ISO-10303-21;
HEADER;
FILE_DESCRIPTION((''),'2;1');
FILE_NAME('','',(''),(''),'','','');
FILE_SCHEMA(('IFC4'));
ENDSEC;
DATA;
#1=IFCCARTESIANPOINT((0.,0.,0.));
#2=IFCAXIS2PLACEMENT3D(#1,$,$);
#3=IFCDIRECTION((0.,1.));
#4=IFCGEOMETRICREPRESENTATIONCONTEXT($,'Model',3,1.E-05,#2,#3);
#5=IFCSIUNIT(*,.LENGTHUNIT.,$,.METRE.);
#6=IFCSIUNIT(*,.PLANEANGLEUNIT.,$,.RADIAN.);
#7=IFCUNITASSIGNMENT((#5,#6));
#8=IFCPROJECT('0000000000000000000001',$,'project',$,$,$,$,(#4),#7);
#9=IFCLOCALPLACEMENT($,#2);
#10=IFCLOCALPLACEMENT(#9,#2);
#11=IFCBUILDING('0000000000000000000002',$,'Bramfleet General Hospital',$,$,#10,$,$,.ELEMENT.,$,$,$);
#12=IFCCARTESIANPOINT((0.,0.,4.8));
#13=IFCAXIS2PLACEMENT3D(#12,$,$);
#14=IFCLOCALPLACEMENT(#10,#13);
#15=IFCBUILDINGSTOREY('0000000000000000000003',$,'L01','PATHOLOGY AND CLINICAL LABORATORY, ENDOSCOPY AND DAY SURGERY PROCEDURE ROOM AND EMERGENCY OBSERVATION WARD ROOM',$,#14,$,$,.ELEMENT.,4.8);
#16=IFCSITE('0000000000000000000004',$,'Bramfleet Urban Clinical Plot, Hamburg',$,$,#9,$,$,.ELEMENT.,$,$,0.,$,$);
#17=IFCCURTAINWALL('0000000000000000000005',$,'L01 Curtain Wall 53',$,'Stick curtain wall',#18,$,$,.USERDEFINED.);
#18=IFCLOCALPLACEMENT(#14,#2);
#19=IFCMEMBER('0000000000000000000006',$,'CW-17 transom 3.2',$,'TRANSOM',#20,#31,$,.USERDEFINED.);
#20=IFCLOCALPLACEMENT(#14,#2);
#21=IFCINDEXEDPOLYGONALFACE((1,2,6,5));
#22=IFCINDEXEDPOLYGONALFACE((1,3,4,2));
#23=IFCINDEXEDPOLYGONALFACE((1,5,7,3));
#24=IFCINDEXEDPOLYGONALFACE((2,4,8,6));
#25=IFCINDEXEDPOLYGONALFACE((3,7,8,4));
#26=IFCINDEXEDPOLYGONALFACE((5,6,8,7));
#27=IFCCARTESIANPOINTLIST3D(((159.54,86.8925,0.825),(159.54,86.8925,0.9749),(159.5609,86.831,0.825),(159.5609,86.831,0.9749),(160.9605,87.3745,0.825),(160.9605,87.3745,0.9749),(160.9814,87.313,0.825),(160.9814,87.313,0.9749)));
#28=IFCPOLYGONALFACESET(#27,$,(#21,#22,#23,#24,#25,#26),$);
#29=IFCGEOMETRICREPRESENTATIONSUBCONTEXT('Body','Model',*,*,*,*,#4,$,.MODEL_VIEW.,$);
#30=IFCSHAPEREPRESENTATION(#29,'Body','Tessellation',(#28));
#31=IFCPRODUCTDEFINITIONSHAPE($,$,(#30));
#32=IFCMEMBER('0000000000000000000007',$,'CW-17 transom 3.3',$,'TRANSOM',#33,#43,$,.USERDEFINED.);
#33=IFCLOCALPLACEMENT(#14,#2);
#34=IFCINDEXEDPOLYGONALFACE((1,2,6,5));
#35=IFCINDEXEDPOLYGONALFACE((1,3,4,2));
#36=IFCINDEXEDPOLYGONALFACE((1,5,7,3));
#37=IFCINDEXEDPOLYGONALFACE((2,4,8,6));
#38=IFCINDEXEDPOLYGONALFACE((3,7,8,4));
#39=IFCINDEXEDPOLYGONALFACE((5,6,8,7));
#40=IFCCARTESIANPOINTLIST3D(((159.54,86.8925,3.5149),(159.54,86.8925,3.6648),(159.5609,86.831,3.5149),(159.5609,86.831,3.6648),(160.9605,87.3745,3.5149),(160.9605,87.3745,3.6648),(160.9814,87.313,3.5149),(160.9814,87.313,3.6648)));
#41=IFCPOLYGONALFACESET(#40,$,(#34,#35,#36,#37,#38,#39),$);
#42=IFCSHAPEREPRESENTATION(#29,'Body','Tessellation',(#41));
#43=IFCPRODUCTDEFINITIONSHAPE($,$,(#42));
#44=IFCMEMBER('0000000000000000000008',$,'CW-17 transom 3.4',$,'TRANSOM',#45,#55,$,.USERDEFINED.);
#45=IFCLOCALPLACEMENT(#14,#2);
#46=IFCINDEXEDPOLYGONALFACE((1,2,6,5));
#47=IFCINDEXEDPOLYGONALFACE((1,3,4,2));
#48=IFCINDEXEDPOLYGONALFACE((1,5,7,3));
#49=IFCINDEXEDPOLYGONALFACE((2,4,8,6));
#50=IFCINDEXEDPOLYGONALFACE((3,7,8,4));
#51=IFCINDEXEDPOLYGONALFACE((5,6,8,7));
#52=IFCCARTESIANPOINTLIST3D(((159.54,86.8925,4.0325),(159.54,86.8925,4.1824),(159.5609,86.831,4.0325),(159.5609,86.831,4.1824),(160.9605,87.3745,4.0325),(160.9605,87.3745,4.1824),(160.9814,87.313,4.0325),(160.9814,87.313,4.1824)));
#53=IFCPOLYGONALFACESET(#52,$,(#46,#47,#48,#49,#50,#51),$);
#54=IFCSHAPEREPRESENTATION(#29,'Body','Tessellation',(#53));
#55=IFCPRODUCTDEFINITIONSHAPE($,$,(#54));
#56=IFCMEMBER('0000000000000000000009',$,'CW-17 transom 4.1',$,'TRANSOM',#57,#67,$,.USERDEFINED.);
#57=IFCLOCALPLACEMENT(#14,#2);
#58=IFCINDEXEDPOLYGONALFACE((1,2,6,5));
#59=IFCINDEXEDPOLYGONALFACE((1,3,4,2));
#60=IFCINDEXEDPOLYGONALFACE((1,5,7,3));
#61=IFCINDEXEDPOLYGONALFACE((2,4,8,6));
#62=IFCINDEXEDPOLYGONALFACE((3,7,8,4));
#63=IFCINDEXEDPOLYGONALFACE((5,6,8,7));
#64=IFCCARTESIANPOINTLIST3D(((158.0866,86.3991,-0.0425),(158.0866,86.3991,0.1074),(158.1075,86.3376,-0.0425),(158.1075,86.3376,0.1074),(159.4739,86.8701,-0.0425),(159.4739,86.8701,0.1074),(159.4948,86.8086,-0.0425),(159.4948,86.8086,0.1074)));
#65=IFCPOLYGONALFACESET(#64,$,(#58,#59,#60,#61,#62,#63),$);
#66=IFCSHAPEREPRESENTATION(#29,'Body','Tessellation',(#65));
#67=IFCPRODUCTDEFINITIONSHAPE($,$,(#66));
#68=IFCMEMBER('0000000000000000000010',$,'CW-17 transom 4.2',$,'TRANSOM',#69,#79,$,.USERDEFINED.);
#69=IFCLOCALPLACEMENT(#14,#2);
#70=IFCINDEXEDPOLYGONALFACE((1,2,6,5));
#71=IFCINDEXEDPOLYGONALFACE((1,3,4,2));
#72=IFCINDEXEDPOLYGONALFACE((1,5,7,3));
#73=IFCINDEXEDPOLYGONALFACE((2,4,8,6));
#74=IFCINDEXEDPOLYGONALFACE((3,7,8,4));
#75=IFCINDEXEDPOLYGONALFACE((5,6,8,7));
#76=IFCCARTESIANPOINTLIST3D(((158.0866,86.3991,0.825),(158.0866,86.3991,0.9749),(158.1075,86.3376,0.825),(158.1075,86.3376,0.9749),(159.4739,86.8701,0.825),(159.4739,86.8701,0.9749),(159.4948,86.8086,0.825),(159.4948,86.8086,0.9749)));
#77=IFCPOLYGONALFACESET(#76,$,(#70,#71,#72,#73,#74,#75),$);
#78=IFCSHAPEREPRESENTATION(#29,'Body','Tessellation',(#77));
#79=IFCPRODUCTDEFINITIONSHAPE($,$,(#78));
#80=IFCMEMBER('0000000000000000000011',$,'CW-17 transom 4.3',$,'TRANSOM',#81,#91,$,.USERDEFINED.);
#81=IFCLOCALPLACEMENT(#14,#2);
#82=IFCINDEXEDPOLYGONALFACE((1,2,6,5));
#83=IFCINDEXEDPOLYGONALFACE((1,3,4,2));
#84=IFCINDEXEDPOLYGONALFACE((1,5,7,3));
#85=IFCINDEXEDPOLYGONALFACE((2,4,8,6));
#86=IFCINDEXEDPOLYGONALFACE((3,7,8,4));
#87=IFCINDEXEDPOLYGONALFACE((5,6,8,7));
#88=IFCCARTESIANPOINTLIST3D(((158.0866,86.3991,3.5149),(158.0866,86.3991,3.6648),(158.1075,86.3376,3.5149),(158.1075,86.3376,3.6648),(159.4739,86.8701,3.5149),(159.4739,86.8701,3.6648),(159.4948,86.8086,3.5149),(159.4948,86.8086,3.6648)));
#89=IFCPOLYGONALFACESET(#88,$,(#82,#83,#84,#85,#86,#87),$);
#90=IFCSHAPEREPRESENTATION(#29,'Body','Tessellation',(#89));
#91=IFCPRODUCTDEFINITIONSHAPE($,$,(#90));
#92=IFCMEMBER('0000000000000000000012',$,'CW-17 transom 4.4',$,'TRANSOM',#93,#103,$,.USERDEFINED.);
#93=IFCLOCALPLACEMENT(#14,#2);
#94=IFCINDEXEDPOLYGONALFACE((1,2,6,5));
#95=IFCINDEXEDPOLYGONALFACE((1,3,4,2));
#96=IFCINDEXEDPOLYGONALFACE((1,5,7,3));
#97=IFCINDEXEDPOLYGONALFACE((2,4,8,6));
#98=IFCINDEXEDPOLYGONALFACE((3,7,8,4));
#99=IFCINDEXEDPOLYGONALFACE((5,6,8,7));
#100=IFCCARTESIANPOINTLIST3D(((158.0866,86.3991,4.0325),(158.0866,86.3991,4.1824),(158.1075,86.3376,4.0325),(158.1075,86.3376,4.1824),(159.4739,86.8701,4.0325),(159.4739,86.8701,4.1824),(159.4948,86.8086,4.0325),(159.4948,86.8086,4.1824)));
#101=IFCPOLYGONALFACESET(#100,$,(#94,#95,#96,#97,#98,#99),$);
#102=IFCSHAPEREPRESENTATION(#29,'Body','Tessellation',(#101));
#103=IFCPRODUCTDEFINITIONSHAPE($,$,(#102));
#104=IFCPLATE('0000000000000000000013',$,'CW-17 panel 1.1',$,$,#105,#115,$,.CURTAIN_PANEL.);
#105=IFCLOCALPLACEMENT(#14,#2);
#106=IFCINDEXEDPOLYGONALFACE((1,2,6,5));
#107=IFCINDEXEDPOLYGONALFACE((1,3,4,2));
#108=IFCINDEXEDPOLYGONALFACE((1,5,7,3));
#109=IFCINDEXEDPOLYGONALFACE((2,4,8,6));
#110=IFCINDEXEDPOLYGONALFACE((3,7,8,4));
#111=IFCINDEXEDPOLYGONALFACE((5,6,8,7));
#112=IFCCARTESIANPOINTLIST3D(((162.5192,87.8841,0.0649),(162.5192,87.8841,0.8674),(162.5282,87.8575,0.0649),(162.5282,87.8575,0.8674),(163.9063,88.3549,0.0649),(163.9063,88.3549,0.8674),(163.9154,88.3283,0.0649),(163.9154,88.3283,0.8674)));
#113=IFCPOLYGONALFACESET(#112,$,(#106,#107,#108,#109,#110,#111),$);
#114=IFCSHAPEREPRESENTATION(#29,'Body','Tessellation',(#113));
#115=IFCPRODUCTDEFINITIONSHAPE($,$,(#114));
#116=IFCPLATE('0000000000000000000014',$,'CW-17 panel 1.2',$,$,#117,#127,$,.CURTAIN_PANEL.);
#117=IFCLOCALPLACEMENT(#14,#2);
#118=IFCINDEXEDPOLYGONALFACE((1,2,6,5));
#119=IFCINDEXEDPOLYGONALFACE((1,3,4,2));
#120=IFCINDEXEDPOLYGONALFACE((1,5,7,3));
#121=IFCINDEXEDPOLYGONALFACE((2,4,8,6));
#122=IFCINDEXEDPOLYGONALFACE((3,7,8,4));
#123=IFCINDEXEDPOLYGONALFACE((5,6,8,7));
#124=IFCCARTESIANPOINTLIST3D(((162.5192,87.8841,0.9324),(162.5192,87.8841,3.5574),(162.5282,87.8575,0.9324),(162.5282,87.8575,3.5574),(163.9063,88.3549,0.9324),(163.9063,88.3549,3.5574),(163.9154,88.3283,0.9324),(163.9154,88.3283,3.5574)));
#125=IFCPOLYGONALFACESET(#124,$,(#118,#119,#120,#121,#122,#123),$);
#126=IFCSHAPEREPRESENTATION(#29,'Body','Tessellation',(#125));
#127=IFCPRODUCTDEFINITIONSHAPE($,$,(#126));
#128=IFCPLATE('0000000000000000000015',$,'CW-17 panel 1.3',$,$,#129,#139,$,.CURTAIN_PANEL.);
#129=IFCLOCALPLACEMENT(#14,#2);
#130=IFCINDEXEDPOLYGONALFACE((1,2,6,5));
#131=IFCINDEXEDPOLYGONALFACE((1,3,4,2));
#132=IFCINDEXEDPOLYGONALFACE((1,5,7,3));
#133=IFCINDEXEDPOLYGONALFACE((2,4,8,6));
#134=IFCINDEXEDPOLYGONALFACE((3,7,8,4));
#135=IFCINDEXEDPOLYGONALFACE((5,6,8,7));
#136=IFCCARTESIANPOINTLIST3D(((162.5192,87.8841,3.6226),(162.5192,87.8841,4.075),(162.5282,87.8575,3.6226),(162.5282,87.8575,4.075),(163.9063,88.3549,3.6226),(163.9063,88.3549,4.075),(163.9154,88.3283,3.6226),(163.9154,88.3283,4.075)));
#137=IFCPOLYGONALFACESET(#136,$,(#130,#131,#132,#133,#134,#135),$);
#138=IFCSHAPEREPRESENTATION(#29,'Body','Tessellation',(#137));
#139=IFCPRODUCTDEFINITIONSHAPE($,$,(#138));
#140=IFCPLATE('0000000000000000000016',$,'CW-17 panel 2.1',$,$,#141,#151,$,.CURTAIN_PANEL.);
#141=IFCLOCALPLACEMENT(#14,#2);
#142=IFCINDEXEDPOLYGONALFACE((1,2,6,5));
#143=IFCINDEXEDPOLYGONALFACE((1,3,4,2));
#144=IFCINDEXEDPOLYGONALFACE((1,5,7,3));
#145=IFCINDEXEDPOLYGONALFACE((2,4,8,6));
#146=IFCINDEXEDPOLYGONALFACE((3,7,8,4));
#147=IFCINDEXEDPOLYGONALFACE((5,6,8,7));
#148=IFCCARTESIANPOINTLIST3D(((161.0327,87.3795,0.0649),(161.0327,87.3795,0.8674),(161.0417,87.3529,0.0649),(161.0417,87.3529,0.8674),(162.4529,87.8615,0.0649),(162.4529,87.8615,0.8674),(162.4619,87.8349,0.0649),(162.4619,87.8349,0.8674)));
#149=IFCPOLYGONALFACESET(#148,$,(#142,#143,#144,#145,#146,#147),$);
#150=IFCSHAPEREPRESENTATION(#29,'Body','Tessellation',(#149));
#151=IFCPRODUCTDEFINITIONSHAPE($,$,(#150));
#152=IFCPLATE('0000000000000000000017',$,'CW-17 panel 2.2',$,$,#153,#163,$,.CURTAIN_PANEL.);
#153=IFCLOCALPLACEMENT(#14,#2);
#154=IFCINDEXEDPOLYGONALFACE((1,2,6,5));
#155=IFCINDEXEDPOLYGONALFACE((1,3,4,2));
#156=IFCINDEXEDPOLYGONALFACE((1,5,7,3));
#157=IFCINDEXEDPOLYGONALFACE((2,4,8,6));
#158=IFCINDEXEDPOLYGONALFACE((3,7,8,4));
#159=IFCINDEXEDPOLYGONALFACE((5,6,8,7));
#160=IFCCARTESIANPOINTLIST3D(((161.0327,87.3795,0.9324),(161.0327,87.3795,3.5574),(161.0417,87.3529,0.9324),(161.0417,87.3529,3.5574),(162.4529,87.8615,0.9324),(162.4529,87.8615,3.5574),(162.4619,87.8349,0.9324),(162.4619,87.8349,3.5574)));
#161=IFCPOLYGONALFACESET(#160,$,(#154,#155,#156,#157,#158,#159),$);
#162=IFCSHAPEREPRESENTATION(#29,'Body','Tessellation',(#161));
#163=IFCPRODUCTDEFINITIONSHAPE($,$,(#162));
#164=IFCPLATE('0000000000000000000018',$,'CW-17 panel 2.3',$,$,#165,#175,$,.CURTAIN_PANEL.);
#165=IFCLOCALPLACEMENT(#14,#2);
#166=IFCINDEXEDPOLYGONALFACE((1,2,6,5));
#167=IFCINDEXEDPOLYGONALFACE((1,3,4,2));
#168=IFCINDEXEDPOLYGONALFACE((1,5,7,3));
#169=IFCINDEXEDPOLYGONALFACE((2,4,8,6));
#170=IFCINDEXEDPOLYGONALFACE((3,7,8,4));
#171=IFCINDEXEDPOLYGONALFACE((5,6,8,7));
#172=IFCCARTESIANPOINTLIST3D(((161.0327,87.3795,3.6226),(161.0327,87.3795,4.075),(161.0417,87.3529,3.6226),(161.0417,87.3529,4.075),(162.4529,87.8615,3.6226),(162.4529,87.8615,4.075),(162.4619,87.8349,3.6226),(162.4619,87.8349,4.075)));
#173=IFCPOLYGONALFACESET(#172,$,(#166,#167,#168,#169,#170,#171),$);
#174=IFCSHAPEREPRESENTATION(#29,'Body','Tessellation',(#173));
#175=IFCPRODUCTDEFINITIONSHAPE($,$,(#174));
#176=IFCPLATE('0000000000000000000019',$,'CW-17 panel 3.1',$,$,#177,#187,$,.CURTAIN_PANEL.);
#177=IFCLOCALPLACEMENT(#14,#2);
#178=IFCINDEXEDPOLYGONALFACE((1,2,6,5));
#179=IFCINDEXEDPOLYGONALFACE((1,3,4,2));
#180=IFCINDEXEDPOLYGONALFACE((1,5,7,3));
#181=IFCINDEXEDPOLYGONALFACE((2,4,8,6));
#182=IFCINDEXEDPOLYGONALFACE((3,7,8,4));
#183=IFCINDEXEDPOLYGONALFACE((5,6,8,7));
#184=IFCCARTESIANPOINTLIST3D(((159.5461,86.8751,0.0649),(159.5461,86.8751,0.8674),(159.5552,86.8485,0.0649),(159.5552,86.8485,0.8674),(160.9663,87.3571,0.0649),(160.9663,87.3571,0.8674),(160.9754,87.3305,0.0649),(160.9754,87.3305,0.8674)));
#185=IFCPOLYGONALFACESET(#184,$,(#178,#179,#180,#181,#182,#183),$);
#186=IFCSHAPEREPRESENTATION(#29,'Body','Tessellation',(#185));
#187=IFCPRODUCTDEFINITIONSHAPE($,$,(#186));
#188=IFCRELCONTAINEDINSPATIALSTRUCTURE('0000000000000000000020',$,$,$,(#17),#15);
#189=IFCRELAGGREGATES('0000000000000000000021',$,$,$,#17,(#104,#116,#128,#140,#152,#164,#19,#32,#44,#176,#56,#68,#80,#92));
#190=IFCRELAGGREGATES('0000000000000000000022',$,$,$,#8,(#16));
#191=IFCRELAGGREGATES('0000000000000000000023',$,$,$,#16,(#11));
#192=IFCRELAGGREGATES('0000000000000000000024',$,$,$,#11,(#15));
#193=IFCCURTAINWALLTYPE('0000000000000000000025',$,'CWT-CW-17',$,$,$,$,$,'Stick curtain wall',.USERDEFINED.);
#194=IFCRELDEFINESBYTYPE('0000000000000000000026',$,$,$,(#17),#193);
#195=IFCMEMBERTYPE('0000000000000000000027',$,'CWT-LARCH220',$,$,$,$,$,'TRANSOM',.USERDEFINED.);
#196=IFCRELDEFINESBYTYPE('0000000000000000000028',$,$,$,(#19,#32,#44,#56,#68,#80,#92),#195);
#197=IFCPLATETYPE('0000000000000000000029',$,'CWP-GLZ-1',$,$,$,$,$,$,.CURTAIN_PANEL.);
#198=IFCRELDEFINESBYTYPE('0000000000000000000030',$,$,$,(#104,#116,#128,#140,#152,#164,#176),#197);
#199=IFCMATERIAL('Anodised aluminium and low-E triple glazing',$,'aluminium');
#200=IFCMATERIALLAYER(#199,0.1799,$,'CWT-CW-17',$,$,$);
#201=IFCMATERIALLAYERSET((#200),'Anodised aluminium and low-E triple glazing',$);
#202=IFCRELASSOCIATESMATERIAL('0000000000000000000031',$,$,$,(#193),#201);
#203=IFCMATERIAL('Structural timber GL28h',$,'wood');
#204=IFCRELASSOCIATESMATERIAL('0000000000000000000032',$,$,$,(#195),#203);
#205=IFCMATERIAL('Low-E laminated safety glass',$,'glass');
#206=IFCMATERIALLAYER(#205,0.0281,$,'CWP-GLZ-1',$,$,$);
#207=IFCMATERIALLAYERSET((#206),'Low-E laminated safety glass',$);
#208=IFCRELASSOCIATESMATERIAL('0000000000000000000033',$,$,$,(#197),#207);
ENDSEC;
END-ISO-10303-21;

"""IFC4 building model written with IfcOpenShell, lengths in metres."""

from ifc_helpers import new_model, si_unit, direction, frame, origin, origin_2d, place, context, subcontext, project, spatial, rectangle, extrude, material, layer, layer_set, material_profile, profile_set, type_object, element, aggregate, save


model = new_model("IFC4")

# Units and contexts
model_context = context("Model", 3, precision=1e-05, world=origin(), true_north=direction((0.0, 1.0)))
body_context = subcontext(model_context, "Body", "Model", "MODEL_VIEW")
ifc_project = project(units=[si_unit("LENGTHUNIT", "METRE"), si_unit("PLANEANGLEUNIT", "RADIAN")], contexts=[model_context])

# Site, building, storey
site_placement = place(None, origin())
site = spatial("IfcSite", under=ifc_project, at=site_placement, Name="Bramfleet Urban Clinical Plot, Hamburg", CompositionType="ELEMENT", RefElevation=0.0)
building_placement = place(site_placement, origin())
building = spatial("IfcBuilding", under=site, at=building_placement, Name="Bramfleet General Hospital", CompositionType="ELEMENT")
storey_placement = place(building_placement, frame((0.0, 0.0, 4.8)))
storey = spatial("IfcBuildingStorey", under=building, at=storey_placement, Name="L01", Description="PATHOLOGY AND CLINICAL LABORATORY, ENDOSCOPY AND DAY SURGERY PROCEDURE ROOM AND EMERGENCY OBSERVATION WARD ROOM", CompositionType="ELEMENT", Elevation=4.8)

# Curtain wall, members, plates
ifc_material_1 = material(Name="Anodised aluminium and low-E triple glazing", Category="aluminium")
ifc_layer_1 = layer(ifc_material_1, 0.1799, Name="CWT-CW-17")
ifc_layer_set_1 = layer_set([ifc_layer_1], Name="Anodised aluminium and low-E triple glazing")
curtain_wall_type = type_object("IfcCurtainWallType", Name="CWT-CW-17", ElementType="Stick curtain wall", PredefinedType="USERDEFINED", material=ifc_layer_set_1)
curtain_wall_placement = place(storey_placement, origin())
curtain_wall = element("IfcCurtainWall", 1, at=curtain_wall_placement, inside=storey, type_object=curtain_wall_type, Name="L01 Curtain Wall 53", ObjectType="Stick curtain wall", PredefinedType="USERDEFINED")
ifc_material_2 = material(Name="Structural timber GL28h", Category="wood")
ifc_material_profile_1 = material_profile(ifc_material_2, rectangle(XDim=0.0649, YDim=0.1499, at=origin_2d()), Name="LARCH 150x65")
ifc_profile_set_1 = profile_set([ifc_material_profile_1], Name="Structural timber GL28h")
member_type_1 = type_object("IfcMemberType", Name="CWT-LARCH220", ElementType="TRANSOM", PredefinedType="USERDEFINED", material=ifc_profile_set_1)
member_1_placement = place(storey_placement, frame((160.9709, 87.3438, 0.8999), z_axis=(-0.946977, -0.321302, 0.0), x_axis=(0.321302, -0.946977, 0.0)))
member_1 = element("IfcMember", 2, at=member_1_placement, type_object=member_type_1, Name="CW-17 transom 3.2", ObjectType="TRANSOM", PredefinedType="USERDEFINED", context=body_context, shape_type="SweptSolid", body=[
    extrude(rectangle(XDim=0.0649, YDim=0.1499, at=origin_2d()), origin(), (0.0, 0.0, 1.0), 1.5),
])
member_2_placement = place(storey_placement, frame((160.9709, 87.3438, 3.5898), z_axis=(-0.946977, -0.321302, 0.0), x_axis=(0.321302, -0.946977, 0.0)))
member_2 = element("IfcMember", 3, at=member_2_placement, type_object=member_type_1, Name="CW-17 transom 3.3", ObjectType="TRANSOM", PredefinedType="USERDEFINED", context=body_context, shape_type="SweptSolid", body=[
    extrude(rectangle(XDim=0.0649, YDim=0.1499, at=origin_2d()), origin(), (0.0, 0.0, 1.0), 1.5),
])
member_3_placement = place(storey_placement, frame((160.9709, 87.3438, 4.1074), z_axis=(-0.946977, -0.321302, 0.0), x_axis=(0.321302, -0.946977, 0.0)))
member_3 = element("IfcMember", 4, at=member_3_placement, type_object=member_type_1, Name="CW-17 transom 3.4", ObjectType="TRANSOM", PredefinedType="USERDEFINED", context=body_context, shape_type="SweptSolid", body=[
    extrude(rectangle(XDim=0.0649, YDim=0.1499, at=origin_2d()), origin(), (0.0, 0.0, 1.0), 1.5),
])
member_4_placement = place(storey_placement, frame((159.4844, 86.8394, 0.0325), z_axis=(-0.946919, -0.321472, 0.0), x_axis=(0.321472, -0.946919, 0.0)))
member_4 = element("IfcMember", 5, at=member_4_placement, type_object=member_type_1, Name="CW-17 transom 4.1", ObjectType="TRANSOM", PredefinedType="USERDEFINED", context=body_context, shape_type="SweptSolid", body=[
    extrude(rectangle(XDim=0.0649, YDim=0.1499, at=origin_2d()), origin(), (0.0, 0.0, 1.0), 1.4651),
])
member_5_placement = place(storey_placement, frame((159.4844, 86.8394, 0.8999), z_axis=(-0.946919, -0.321472, 0.0), x_axis=(0.321472, -0.946919, 0.0)))
member_5 = element("IfcMember", 6, at=member_5_placement, type_object=member_type_1, Name="CW-17 transom 4.2", ObjectType="TRANSOM", PredefinedType="USERDEFINED", context=body_context, shape_type="SweptSolid", body=[
    extrude(rectangle(XDim=0.0649, YDim=0.1499, at=origin_2d()), origin(), (0.0, 0.0, 1.0), 1.4651),
])
member_6_placement = place(storey_placement, frame((159.4844, 86.8394, 3.5898), z_axis=(-0.946919, -0.321472, 0.0), x_axis=(0.321472, -0.946919, 0.0)))
member_6 = element("IfcMember", 7, at=member_6_placement, type_object=member_type_1, Name="CW-17 transom 4.3", ObjectType="TRANSOM", PredefinedType="USERDEFINED", context=body_context, shape_type="SweptSolid", body=[
    extrude(rectangle(XDim=0.0649, YDim=0.1499, at=origin_2d()), origin(), (0.0, 0.0, 1.0), 1.4651),
])
member_7_placement = place(storey_placement, frame((159.4844, 86.8394, 4.1074), z_axis=(-0.946919, -0.321472, 0.0), x_axis=(0.321472, -0.946919, 0.0)))
member_7 = element("IfcMember", 8, at=member_7_placement, type_object=member_type_1, Name="CW-17 transom 4.4", ObjectType="TRANSOM", PredefinedType="USERDEFINED", context=body_context, shape_type="SweptSolid", body=[
    extrude(rectangle(XDim=0.0649, YDim=0.1499, at=origin_2d()), origin(), (0.0, 0.0, 1.0), 1.4651),
])
ifc_material_3 = material(Name="Low-E laminated safety glass", Category="glass")
ifc_layer_2 = layer(ifc_material_3, 0.0281, Name="CWP-GLZ-1")
ifc_layer_set_2 = layer_set([ifc_layer_2], Name="Low-E laminated safety glass")
plate_type = type_object("IfcPlateType", Name="CWP-GLZ-1", PredefinedType="CURTAIN_PANEL", material=ifc_layer_set_2)
plate_1_placement = place(storey_placement, frame((163.2173, 88.1062, 0.0649), z_axis=(0.0, 0.0, 1.0), x_axis=(-0.946949, -0.321383, 0.0)))
plate_1 = element("IfcPlate", 9, at=plate_1_placement, type_object=plate_type, Name="CW-17 panel 1.1", PredefinedType="CURTAIN_PANEL", context=body_context, shape_type="SweptSolid", body=[
    extrude(rectangle(XDim=1.4648, YDim=0.0281, at=origin_2d()), origin(), (0.0, 0.0, 1.0), 0.8025),
])
plate_2_placement = place(storey_placement, frame((163.2173, 88.1062, 0.9324), z_axis=(0.0, 0.0, 1.0), x_axis=(-0.946949, -0.321383, 0.0)))
plate_2 = element("IfcPlate", 10, at=plate_2_placement, type_object=plate_type, Name="CW-17 panel 1.2", PredefinedType="CURTAIN_PANEL", context=body_context, shape_type="SweptSolid", body=[
    extrude(rectangle(XDim=1.4648, YDim=0.0281, at=origin_2d()), origin(), (0.0, 0.0, 1.0), 2.625),
])
plate_3_placement = place(storey_placement, frame((163.2173, 88.1062, 3.6226), z_axis=(0.0, 0.0, 1.0), x_axis=(-0.946949, -0.321383, 0.0)))
plate_3 = element("IfcPlate", 11, at=plate_3_placement, type_object=plate_type, Name="CW-17 panel 1.3", PredefinedType="CURTAIN_PANEL", context=body_context, shape_type="SweptSolid", body=[
    extrude(rectangle(XDim=1.4648, YDim=0.0281, at=origin_2d()), origin(), (0.0, 0.0, 1.0), 0.4524),
])
plate_4_placement = place(storey_placement, frame((161.7473, 87.6072, 0.0649), z_axis=(0.0, 0.0, 1.0), x_axis=(-0.946949, -0.321383, 0.0)))
plate_4 = element("IfcPlate", 12, at=plate_4_placement, type_object=plate_type, Name="CW-17 panel 2.1", PredefinedType="CURTAIN_PANEL", context=body_context, shape_type="SweptSolid", body=[
    extrude(rectangle(XDim=1.4998, YDim=0.0281, at=origin_2d()), origin(), (0.0, 0.0, 1.0), 0.8025),
])
plate_5_placement = place(storey_placement, frame((161.7473, 87.6072, 0.9324), z_axis=(0.0, 0.0, 1.0), x_axis=(-0.946949, -0.321383, 0.0)))
plate_5 = element("IfcPlate", 13, at=plate_5_placement, type_object=plate_type, Name="CW-17 panel 2.2", PredefinedType="CURTAIN_PANEL", context=body_context, shape_type="SweptSolid", body=[
    extrude(rectangle(XDim=1.4998, YDim=0.0281, at=origin_2d()), origin(), (0.0, 0.0, 1.0), 2.625),
])
plate_6_placement = place(storey_placement, frame((161.7473, 87.6072, 3.6226), z_axis=(0.0, 0.0, 1.0), x_axis=(-0.946949, -0.321383, 0.0)))
plate_6 = element("IfcPlate", 14, at=plate_6_placement, type_object=plate_type, Name="CW-17 panel 2.3", PredefinedType="CURTAIN_PANEL", context=body_context, shape_type="SweptSolid", body=[
    extrude(rectangle(XDim=1.4998, YDim=0.0281, at=origin_2d()), origin(), (0.0, 0.0, 1.0), 0.4524),
])
plate_7_placement = place(storey_placement, frame((160.2607, 87.1028, 0.0649), z_axis=(0.0, 0.0, 1.0), x_axis=(-0.946949, -0.321383, 0.0)))
plate_7 = element("IfcPlate", 15, at=plate_7_placement, type_object=plate_type, Name="CW-17 panel 3.1", PredefinedType="CURTAIN_PANEL", context=body_context, shape_type="SweptSolid", body=[
    extrude(rectangle(XDim=1.4998, YDim=0.0281, at=origin_2d()), origin(), (0.0, 0.0, 1.0), 0.8025),
])
aggregate(curtain_wall, [plate_1, plate_2, plate_3, plate_4, plate_5, plate_6, member_1, member_2, member_3, plate_7, member_4, member_5, member_6, member_7])

save(model, "model.ifc")
